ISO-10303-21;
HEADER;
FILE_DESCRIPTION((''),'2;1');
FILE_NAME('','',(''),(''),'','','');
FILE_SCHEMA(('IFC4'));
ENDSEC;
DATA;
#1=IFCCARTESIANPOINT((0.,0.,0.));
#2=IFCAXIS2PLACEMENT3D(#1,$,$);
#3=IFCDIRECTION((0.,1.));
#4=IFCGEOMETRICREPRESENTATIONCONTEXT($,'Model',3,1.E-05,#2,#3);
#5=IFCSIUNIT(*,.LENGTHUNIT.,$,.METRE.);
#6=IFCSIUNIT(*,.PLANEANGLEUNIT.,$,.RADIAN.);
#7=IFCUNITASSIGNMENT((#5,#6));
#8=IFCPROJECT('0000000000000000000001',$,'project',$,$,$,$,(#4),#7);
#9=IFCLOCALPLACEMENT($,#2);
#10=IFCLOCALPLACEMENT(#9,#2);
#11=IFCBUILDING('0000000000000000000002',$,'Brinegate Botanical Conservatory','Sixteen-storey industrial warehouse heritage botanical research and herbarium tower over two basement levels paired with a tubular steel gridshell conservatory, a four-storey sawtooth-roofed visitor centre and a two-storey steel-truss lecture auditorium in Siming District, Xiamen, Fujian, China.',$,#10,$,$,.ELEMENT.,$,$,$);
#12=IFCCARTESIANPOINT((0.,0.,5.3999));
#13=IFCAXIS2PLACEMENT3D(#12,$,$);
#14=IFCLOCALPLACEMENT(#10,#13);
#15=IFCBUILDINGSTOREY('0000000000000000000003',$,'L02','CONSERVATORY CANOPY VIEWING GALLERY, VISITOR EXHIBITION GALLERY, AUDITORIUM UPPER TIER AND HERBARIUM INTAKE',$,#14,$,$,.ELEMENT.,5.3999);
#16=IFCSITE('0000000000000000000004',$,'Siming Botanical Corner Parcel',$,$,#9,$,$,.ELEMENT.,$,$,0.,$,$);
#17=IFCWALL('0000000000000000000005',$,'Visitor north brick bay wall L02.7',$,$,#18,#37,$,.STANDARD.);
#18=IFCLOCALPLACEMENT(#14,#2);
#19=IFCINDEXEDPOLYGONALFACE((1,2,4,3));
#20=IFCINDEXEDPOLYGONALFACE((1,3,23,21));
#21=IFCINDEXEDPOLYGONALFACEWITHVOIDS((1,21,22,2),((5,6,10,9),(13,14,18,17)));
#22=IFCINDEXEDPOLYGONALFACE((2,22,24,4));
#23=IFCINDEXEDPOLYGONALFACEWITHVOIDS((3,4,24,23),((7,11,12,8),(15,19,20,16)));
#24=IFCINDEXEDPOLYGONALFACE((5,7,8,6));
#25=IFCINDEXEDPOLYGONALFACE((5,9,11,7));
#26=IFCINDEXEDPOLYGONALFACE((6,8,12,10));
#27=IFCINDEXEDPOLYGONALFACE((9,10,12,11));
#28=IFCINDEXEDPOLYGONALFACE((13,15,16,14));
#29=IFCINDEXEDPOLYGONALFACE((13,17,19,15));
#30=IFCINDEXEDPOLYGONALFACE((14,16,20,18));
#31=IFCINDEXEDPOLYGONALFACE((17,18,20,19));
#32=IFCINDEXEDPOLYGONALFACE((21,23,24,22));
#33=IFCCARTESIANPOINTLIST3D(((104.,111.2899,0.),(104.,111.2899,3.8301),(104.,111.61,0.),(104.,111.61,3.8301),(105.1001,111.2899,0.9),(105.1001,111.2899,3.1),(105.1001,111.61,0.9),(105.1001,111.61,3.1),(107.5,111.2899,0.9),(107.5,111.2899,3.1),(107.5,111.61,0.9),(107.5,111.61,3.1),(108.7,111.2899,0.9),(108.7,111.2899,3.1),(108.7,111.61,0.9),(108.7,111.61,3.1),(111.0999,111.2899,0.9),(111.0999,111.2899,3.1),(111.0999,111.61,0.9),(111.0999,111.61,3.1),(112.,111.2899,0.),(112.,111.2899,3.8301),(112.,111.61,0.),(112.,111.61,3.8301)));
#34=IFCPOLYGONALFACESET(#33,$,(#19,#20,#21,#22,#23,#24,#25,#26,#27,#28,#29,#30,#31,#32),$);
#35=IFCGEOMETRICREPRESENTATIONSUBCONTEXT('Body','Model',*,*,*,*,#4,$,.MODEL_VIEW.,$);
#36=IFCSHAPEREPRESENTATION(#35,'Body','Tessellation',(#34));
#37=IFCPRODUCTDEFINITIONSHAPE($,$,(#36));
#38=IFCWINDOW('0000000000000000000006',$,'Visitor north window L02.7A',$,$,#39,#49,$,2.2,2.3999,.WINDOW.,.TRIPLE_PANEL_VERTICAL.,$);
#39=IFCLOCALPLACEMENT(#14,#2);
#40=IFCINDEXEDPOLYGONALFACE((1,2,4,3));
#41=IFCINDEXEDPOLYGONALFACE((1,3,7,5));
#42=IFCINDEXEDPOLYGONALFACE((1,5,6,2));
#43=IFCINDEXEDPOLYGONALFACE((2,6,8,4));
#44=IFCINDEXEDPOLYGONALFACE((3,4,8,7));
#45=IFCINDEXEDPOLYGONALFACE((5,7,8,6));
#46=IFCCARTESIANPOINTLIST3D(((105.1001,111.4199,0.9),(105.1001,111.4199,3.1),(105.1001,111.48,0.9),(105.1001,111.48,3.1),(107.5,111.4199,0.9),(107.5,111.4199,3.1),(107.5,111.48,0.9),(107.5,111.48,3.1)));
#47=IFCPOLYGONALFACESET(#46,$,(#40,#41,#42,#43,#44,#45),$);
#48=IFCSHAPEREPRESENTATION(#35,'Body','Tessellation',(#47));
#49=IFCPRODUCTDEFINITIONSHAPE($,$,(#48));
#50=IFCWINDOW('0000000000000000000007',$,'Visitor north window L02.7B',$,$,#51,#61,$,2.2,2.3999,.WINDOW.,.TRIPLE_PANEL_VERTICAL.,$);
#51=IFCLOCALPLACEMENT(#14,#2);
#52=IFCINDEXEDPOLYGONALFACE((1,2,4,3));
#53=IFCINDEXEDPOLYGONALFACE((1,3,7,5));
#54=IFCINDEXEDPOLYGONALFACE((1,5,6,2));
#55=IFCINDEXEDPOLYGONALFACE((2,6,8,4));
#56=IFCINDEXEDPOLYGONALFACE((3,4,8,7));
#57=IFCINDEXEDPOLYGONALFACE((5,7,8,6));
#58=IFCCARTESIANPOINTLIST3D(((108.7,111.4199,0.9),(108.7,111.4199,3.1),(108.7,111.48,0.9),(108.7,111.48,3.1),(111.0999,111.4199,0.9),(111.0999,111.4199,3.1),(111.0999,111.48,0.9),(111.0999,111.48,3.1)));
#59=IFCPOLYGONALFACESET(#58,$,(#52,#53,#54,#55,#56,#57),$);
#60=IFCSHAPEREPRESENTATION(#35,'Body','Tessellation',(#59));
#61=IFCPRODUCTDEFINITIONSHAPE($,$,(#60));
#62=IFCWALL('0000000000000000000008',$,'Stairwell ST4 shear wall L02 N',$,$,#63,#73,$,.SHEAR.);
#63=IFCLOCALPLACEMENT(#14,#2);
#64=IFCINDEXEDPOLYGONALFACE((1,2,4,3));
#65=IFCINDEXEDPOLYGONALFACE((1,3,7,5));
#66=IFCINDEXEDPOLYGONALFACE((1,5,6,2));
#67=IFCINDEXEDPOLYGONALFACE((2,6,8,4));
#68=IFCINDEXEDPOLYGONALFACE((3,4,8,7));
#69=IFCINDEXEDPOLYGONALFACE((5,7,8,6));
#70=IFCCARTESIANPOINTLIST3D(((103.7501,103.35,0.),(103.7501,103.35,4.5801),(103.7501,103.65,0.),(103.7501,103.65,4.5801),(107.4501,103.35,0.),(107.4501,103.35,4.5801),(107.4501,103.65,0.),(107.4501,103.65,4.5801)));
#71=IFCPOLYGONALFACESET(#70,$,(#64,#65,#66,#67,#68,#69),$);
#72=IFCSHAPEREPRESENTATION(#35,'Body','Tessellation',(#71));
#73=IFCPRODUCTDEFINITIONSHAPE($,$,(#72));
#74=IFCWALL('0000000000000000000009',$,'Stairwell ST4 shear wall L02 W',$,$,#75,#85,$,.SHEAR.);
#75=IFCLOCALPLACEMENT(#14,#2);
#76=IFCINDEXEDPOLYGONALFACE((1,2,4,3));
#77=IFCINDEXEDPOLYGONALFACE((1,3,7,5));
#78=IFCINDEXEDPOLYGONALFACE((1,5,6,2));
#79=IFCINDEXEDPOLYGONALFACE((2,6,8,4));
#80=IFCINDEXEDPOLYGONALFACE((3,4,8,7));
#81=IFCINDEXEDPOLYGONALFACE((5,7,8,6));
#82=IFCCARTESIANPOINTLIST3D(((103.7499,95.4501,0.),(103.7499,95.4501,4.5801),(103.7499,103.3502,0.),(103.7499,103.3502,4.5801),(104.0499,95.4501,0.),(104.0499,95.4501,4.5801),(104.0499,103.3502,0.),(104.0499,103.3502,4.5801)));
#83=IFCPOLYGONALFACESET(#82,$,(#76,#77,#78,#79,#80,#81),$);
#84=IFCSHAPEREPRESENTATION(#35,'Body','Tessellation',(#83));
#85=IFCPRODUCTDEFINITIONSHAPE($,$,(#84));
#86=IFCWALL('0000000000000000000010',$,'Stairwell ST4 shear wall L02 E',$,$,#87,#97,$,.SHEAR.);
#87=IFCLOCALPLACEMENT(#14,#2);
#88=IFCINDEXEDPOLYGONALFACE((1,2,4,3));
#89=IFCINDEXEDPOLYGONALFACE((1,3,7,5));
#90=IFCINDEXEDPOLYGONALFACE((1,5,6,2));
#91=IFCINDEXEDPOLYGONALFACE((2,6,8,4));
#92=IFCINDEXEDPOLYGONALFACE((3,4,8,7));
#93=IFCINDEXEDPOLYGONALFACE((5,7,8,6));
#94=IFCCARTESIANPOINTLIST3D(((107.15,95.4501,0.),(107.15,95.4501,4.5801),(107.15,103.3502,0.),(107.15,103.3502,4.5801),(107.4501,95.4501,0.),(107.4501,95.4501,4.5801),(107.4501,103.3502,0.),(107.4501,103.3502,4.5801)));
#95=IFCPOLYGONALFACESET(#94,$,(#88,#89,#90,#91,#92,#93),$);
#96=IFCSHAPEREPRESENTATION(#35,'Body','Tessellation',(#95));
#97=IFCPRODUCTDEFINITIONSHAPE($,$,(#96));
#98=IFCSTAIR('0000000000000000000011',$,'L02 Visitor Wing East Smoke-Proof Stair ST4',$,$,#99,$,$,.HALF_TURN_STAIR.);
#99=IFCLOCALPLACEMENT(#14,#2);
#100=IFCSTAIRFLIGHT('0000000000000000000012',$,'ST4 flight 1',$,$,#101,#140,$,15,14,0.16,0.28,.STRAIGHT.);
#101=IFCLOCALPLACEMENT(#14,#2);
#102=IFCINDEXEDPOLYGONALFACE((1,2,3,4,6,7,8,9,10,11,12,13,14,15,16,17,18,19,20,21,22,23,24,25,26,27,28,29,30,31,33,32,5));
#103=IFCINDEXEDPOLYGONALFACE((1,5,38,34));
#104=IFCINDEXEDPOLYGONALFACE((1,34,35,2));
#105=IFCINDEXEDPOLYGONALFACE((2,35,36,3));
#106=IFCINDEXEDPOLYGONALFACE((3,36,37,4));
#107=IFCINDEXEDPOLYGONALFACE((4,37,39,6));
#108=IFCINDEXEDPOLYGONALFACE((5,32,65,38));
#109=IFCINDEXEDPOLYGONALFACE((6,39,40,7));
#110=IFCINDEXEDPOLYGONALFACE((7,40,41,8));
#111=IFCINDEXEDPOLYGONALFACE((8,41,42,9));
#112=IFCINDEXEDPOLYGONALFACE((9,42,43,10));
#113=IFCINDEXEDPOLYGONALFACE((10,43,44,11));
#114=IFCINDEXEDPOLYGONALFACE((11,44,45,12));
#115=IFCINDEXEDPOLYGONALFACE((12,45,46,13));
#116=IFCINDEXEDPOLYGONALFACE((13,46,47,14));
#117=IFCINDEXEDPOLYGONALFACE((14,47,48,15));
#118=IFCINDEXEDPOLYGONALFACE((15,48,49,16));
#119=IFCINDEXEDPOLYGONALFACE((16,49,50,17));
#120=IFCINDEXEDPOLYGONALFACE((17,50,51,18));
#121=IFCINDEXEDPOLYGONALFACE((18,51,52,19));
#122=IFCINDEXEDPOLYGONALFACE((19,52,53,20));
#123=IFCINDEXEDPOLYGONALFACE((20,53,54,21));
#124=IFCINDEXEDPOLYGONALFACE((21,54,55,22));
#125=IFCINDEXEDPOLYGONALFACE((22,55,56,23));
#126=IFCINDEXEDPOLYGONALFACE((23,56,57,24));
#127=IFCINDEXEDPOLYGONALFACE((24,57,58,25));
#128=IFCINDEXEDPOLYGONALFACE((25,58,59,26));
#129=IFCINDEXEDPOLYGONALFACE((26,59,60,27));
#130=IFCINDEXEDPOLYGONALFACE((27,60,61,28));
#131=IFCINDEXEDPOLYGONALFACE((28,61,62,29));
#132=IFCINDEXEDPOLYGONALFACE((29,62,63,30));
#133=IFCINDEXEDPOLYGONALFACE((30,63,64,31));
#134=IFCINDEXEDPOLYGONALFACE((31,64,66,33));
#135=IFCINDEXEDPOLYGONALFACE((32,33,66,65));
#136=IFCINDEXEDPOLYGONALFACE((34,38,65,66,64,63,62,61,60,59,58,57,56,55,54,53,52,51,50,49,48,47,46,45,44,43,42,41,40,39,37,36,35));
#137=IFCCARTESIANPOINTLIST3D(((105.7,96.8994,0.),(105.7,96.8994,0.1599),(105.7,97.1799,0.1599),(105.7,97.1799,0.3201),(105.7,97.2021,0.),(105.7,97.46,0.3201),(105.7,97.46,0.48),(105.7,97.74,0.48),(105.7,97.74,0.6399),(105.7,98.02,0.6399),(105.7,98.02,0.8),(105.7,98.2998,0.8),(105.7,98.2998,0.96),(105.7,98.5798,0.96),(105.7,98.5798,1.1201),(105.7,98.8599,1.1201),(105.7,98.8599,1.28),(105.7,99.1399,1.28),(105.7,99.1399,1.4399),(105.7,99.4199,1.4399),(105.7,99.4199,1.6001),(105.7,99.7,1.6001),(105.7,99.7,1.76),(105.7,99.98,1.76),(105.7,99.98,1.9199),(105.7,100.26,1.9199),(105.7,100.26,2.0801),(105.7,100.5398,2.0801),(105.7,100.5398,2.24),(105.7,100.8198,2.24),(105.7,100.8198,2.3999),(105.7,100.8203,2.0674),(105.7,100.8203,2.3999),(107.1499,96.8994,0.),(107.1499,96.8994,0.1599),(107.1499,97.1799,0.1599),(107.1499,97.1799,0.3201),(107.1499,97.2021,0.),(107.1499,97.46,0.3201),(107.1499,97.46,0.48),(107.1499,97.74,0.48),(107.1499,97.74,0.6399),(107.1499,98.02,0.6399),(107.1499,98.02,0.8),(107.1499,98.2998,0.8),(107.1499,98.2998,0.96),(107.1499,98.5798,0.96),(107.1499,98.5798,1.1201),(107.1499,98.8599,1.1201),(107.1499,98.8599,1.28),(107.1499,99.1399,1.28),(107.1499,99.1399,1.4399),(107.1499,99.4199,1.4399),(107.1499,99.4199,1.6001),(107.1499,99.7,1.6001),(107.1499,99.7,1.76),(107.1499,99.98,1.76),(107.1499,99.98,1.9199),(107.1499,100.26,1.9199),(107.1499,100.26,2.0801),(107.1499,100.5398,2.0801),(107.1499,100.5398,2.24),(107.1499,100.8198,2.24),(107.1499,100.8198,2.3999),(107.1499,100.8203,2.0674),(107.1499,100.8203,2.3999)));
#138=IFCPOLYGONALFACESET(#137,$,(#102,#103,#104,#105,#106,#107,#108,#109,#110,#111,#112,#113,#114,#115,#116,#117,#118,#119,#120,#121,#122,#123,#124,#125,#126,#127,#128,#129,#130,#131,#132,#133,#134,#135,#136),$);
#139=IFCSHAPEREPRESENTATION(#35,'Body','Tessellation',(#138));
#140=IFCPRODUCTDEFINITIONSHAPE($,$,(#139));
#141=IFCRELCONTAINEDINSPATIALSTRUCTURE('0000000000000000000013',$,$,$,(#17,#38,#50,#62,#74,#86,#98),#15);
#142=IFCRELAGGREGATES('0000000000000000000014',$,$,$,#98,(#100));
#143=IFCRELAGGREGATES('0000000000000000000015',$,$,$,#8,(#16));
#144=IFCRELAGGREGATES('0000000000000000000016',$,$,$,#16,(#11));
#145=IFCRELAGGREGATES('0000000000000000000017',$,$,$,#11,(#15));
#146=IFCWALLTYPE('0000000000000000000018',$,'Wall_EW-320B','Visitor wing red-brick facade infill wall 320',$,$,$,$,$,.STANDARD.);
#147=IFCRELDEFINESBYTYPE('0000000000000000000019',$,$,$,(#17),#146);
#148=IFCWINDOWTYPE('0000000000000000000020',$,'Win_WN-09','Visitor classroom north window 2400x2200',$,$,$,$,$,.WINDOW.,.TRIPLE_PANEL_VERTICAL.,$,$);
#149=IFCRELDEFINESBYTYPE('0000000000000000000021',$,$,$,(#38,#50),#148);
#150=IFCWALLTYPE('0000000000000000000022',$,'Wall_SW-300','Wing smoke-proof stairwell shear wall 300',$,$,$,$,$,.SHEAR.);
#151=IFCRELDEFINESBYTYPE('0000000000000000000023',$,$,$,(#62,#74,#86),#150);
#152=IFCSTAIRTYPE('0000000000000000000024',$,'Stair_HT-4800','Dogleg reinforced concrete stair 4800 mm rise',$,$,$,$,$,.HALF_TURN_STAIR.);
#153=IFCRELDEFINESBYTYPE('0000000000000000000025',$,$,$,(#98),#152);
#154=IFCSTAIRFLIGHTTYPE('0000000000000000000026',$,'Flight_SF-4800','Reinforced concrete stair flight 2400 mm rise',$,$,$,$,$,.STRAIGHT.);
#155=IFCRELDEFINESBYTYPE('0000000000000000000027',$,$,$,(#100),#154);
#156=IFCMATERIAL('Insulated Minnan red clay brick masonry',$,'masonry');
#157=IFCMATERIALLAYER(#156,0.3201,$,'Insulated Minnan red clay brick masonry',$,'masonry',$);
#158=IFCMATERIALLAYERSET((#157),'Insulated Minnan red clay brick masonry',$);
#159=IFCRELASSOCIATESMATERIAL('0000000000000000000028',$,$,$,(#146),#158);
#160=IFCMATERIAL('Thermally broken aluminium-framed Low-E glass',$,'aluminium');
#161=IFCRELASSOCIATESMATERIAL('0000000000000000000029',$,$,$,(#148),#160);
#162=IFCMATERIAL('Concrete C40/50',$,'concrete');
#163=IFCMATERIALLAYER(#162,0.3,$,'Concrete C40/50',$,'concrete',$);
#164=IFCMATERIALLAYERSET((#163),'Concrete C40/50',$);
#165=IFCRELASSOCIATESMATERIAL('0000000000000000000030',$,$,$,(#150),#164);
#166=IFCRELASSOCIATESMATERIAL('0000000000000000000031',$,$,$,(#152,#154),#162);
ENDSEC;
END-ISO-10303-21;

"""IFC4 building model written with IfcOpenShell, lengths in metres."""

from ifc_helpers import new_model, si_unit, direction, frame, frame_2d, origin, place, context, subcontext, project, spatial, polyline, rectangle, outline, extrude, material, layer, layer_set, type_object, element, fill, aggregate, save


model = new_model("IFC4")

# Units and contexts
model_context = context("Model", 3, precision=1e-05, world=origin(), true_north=direction((0.0, 1.0)))
body_context = subcontext(model_context, "Body", "Model", "MODEL_VIEW")
ifc_project = project(units=[si_unit("LENGTHUNIT", "METRE"), si_unit("PLANEANGLEUNIT", "RADIAN")], contexts=[model_context])

# Site, building, storey
site_placement = place(None, origin())
site = spatial("IfcSite", under=ifc_project, at=site_placement, Name="Siming Botanical Corner Parcel", CompositionType="ELEMENT", RefElevation=0.0)
building_placement = place(site_placement, origin())
building = spatial("IfcBuilding", under=site, at=building_placement, Name="Brinegate Botanical Conservatory", Description="Sixteen-storey industrial warehouse heritage botanical research and herbarium tower over two basement levels paired with a tubular steel gridshell conservatory, a four-storey sawtooth-roofed visitor centre and a two-storey steel-truss lecture auditorium in Siming District, Xiamen, Fujian, China.", CompositionType="ELEMENT")
storey_placement = place(building_placement, frame((0.0, 0.0, 5.3999)))
storey = spatial("IfcBuildingStorey", under=building, at=storey_placement, Name="L02", Description="CONSERVATORY CANOPY VIEWING GALLERY, VISITOR EXHIBITION GALLERY, AUDITORIUM UPPER TIER AND HERBARIUM INTAKE", CompositionType="ELEMENT", Elevation=5.3999)

# Shared definitions
ifc_material_1 = material(Name="Concrete C40/50", Category="concrete")

# Wall, openings, windows
ifc_material_2 = material(Name="Insulated Minnan red clay brick masonry", Category="masonry")
ifc_layer_1 = layer(ifc_material_2, 0.3201, Name="Insulated Minnan red clay brick masonry", Category="masonry")
ifc_layer_set_1 = layer_set([ifc_layer_1], Name="Insulated Minnan red clay brick masonry")
wall_type_1 = type_object("IfcWallType", Name="Wall_EW-320B", Description="Visitor wing red-brick facade infill wall 320", PredefinedType="STANDARD", material=ifc_layer_set_1)
wall_1_placement = place(storey_placement, frame((104.0, 111.45, 0.0), z_axis=(0.0, 0.0, 1.0), x_axis=(1.0, 0.0, 0.0)))
wall_1 = element("IfcWall", 1, at=wall_1_placement, inside=storey, type_object=wall_type_1, Name="Visitor north brick bay wall L02.7", PredefinedType="STANDARD", context=body_context, shape_type="SweptSolid", body=[
    extrude(rectangle(XDim=8.0, YDim=0.3201, at=frame_2d((4.0, 0.0))), origin(), (0.0, 0.0, 1.0), 3.8301),
])
opening_1_placement = place(wall_1_placement, frame((1.1001, 0.0, 0.8999)))
opening_1 = element("IfcOpeningElement", 2, at=opening_1_placement, cuts=wall_1, PredefinedType="OPENING", context=body_context, shape_type="SweptSolid", body=[
    extrude(rectangle(XDim=2.3999, YDim=2.2, at=frame_2d((1.2, 1.1001))), frame((0.0, 0.1699, 0.0), z_axis=(0.0, -1.0, 0.0), x_axis=(1.0, 0.0, 0.0)), (0.0, 0.0, 1.0), 0.3401),
])
opening_2_placement = place(wall_1_placement, frame((4.7, 0.0, 0.8999)))
opening_2 = element("IfcOpeningElement", 3, at=opening_2_placement, cuts=wall_1, PredefinedType="OPENING", context=body_context, shape_type="SweptSolid", body=[
    extrude(rectangle(XDim=2.3999, YDim=2.2, at=frame_2d((1.2, 1.1001))), frame((0.0, 0.1699, 0.0), z_axis=(0.0, -1.0, 0.0), x_axis=(1.0, 0.0, 0.0)), (0.0, 0.0, 1.0), 0.3401),
])
ifc_material_3 = material(Name="Thermally broken aluminium-framed Low-E glass", Category="aluminium")
window_type = type_object("IfcWindowType", Name="Win_WN-09", Description="Visitor classroom north window 2400x2200", PartitioningType="TRIPLE_PANEL_VERTICAL", PredefinedType="WINDOW", material=ifc_material_3)
window_1_placement = place(opening_1_placement, origin())
window_1 = element("IfcWindow", 4, at=window_1_placement, inside=storey, type_object=window_type, Name="Visitor north window L02.7A", OverallHeight=2.2, OverallWidth=2.3999, PartitioningType="TRIPLE_PANEL_VERTICAL", PredefinedType="WINDOW", context=body_context, shape_type="SweptSolid", body=[
    extrude(rectangle(XDim=2.3999, YDim=2.2, at=frame_2d((1.2, 1.1001))), frame((0.0, 0.03, 0.0), z_axis=(0.0, -1.0, 0.0), x_axis=(1.0, 0.0, 0.0)), (0.0, 0.0, 1.0), 0.0601),
])
fill(opening_1, window_1)
window_2_placement = place(opening_2_placement, origin())
window_2 = element("IfcWindow", 5, at=window_2_placement, inside=storey, type_object=window_type, Name="Visitor north window L02.7B", OverallHeight=2.2, OverallWidth=2.3999, PartitioningType="TRIPLE_PANEL_VERTICAL", PredefinedType="WINDOW", context=body_context, shape_type="SweptSolid", body=[
    extrude(rectangle(XDim=2.3999, YDim=2.2, at=frame_2d((1.2, 1.1001))), frame((0.0, 0.03, 0.0), z_axis=(0.0, -1.0, 0.0), x_axis=(1.0, 0.0, 0.0)), (0.0, 0.0, 1.0), 0.0601),
])
fill(opening_2, window_2)

# Shared definitions
ifc_layer_2 = layer(ifc_material_1, 0.3, Name="Concrete C40/50", Category="concrete")
ifc_layer_set_2 = layer_set([ifc_layer_2], Name="Concrete C40/50")
wall_type_2 = type_object("IfcWallType", Name="Wall_SW-300", Description="Wing smoke-proof stairwell shear wall 300", PredefinedType="SHEAR", material=ifc_layer_set_2)

# Walls
wall_2_placement = place(storey_placement, frame((103.75, 103.5, 0.0), z_axis=(0.0, 0.0, 1.0), x_axis=(1.0, 0.0, 0.0)))
element("IfcWall", 6, at=wall_2_placement, inside=storey, type_object=wall_type_2, Name="Stairwell ST4 shear wall L02 N", PredefinedType="SHEAR", context=body_context, shape_type="SweptSolid", body=[
    extrude(rectangle(XDim=3.7, YDim=0.3, at=frame_2d((1.8501, 0.0))), origin(), (0.0, 0.0, 1.0), 4.5801),
])
for number, where, z_axis, x_axis, name in (
    (7, (103.8999, 95.45, 0.0), (0.0, 0.0, 1.0), (0.0, 1.0, 0.0), "Stairwell ST4 shear wall L02 W"),
    (8, (107.3, 95.45, 0.0), (0.0, 0.0, 1.0), (0.0, 1.0, 0.0), "Stairwell ST4 shear wall L02 E"),
):
    element("IfcWall", number, at=place(storey_placement, frame(where, z_axis=z_axis, x_axis=x_axis)), inside=storey, type_object=wall_type_2, Name=name, PredefinedType="SHEAR", context=body_context, shape_type="SweptSolid", body=[
        extrude(rectangle(XDim=7.9001, YDim=0.3, at=frame_2d((3.9502, 0.0))), origin(), (0.0, 0.0, 1.0), 4.5801),
    ])

# Stair, stair flight
stair_type = type_object("IfcStairType", Name="Stair_HT-4800", Description="Dogleg reinforced concrete stair 4800 mm rise", PredefinedType="HALF_TURN_STAIR", material=ifc_material_1)
stair_placement = place(storey_placement, origin())
stair = element("IfcStair", 9, at=stair_placement, inside=storey, type_object=stair_type, Name="L02 Visitor Wing East Smoke-Proof Stair ST4", PredefinedType="HALF_TURN_STAIR")
stair_flight_type = type_object("IfcStairFlightType", Name="Flight_SF-4800", Description="Reinforced concrete stair flight 2400 mm rise", PredefinedType="STRAIGHT", material=ifc_material_1)
stair_flight_1_placement = place(storey_placement, frame((106.425, 96.8999, 0.0), z_axis=(0.0, 0.0, 1.0), x_axis=(0.0, 1.0, 0.0)))
stair_flight_1 = element("IfcStairFlight", 10, at=stair_flight_1_placement, type_object=stair_flight_type, Name="ST4 flight 1", NumberOfRisers=15, NumberOfTreads=14, PredefinedType="STRAIGHT", RiserHeight=0.16, TreadLength=0.28, context=body_context, shape_type="SweptSolid", body=[
    extrude(outline(polyline([(-0.0005, 0.0), (-0.0005, 0.1599), (0.28, 0.1599), (0.28, 0.3201), (0.5601, 0.3201), (0.5601, 0.48), (0.8401, 0.48), (0.8401, 0.6399), (1.1201, 0.6399), (1.1201, 0.8), (1.3999, 0.8), (1.3999, 0.96), (1.6799, 0.96), (1.6799, 1.1201), (1.96, 1.1201), (1.96, 1.28), (2.24, 1.28), (2.24, 1.4399), (2.52, 1.4399), (2.52, 1.6001), (2.8, 1.6001), (2.8, 1.76), (3.0801, 1.76), (3.0801, 1.9199), (3.3601, 1.9199), (3.3601, 2.0801), (3.6399, 2.0801), (3.6399, 2.24), (3.9199, 2.24), (3.9199, 2.3999), (3.9204, 2.3999), (3.9204, 2.0674), (0.3022, 0.0), (-0.0005, 0.0)])), frame((0.0, 0.7251, 0.0), z_axis=(0.0, -1.0, 0.0), x_axis=(1.0, 0.0, 0.0)), (0.0, 0.0, 1.0), 1.45),
])
aggregate(stair, [stair_flight_1])

save(model, "model.ifc")
